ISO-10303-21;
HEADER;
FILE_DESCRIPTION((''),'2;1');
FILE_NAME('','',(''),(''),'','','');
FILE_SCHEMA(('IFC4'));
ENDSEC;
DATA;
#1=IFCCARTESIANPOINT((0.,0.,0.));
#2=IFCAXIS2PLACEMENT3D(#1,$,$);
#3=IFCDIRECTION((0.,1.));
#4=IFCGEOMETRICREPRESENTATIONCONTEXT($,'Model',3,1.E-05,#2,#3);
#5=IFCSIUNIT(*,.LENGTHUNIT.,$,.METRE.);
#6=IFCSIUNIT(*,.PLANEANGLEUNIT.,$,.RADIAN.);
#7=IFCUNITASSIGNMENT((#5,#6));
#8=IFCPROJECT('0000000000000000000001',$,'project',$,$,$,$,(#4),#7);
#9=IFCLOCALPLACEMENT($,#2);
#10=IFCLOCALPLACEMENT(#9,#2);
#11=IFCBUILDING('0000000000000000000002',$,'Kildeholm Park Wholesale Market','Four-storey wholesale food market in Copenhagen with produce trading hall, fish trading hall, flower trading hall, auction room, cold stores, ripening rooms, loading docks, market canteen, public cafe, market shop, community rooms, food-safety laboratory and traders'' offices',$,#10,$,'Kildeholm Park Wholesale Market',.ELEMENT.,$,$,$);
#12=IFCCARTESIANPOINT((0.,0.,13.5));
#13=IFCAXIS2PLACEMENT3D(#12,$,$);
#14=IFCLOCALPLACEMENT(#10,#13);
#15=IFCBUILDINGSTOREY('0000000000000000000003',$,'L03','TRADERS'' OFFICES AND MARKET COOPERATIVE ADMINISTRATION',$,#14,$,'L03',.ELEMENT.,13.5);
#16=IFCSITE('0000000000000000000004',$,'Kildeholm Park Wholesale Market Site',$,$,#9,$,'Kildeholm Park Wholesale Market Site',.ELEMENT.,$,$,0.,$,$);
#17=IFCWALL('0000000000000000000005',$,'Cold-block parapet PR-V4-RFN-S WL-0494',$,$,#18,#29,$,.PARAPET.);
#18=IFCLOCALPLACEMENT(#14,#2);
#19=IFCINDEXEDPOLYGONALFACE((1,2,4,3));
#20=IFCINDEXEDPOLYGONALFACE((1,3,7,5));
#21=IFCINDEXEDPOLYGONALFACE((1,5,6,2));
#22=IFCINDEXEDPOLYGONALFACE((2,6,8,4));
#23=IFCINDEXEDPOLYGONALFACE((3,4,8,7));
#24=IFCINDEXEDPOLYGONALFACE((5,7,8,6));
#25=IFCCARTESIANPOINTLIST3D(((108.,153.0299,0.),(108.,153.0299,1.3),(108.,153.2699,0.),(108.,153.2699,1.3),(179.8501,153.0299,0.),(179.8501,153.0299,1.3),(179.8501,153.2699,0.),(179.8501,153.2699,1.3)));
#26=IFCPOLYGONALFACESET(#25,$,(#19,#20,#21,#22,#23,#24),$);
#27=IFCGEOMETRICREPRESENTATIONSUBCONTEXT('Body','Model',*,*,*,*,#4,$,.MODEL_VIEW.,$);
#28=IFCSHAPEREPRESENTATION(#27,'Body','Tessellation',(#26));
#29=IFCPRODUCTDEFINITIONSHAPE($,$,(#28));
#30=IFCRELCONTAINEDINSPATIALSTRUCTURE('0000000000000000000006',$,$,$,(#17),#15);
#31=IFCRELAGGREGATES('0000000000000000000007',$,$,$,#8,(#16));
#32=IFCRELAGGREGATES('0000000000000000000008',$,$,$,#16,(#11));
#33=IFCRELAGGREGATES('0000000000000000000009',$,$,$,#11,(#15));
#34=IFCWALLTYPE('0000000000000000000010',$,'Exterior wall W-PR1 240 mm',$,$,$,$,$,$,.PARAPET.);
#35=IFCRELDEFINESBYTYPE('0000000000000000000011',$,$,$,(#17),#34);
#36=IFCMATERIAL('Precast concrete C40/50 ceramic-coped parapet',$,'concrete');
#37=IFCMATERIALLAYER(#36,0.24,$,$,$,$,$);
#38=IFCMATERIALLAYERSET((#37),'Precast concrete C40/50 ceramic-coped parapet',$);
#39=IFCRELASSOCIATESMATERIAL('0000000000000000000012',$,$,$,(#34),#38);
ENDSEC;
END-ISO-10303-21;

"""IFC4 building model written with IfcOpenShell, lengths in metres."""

from ifc_helpers import new_model, si_unit, direction, frame, frame_2d, origin, place, context, subcontext, project, spatial, rectangle, extrude, material, layer, layer_set, type_object, element, save


model = new_model("IFC4")

# Units and contexts
model_context = context("Model", 3, precision=1e-05, world=origin(), true_north=direction((0.0, 1.0)))
body_context = subcontext(model_context, "Body", "Model", "MODEL_VIEW")
ifc_project = project(units=[si_unit("LENGTHUNIT", "METRE"), si_unit("PLANEANGLEUNIT", "RADIAN")], contexts=[model_context])

# Site, building, storey
site_placement = place(None, origin())
site = spatial("IfcSite", under=ifc_project, at=site_placement, Name="Kildeholm Park Wholesale Market Site", LongName="Kildeholm Park Wholesale Market Site", CompositionType="ELEMENT", RefElevation=0.0)
building_placement = place(site_placement, origin())
building = spatial("IfcBuilding", under=site, at=building_placement, Name="Kildeholm Park Wholesale Market", Description="Four-storey wholesale food market in Copenhagen with produce trading hall, fish trading hall, flower trading hall, auction room, cold stores, ripening rooms, loading docks, market canteen, public cafe, market shop, community rooms, food-safety laboratory and traders' offices", LongName="Kildeholm Park Wholesale Market", CompositionType="ELEMENT")
storey_placement = place(building_placement, frame((0.0, 0.0, 13.5)))
storey = spatial("IfcBuildingStorey", under=building, at=storey_placement, Name="L03", Description="TRADERS' OFFICES AND MARKET COOPERATIVE ADMINISTRATION", LongName="L03", CompositionType="ELEMENT", Elevation=13.5)

# Wall
ifc_material_1 = material(Name="Precast concrete C40/50 ceramic-coped parapet", Category="concrete")
ifc_layer_1 = layer(ifc_material_1, 0.24)
ifc_layer_set_1 = layer_set([ifc_layer_1], Name="Precast concrete C40/50 ceramic-coped parapet")
wall_type_1 = type_object("IfcWallType", Name="Exterior wall W-PR1 240 mm", PredefinedType="PARAPET", material=ifc_layer_set_1)
for number, where, z_axis, x_axis, name in (
    (1, (108.0, 153.1499, 0.0), (0.0, 0.0, 1.0), (1.0, 0.0, 0.0), "Cold-block parapet PR-V4-RFN-S WL-0494"),
):
    element("IfcWall", number, at=place(storey_placement, frame(where, z_axis=z_axis, x_axis=x_axis)), inside=storey, type_object=wall_type_1, Name=name, PredefinedType="PARAPET", context=body_context, shape_type="SweptSolid", body=[
        extrude(rectangle(XDim=71.8501, YDim=0.24, at=frame_2d((35.925, 0.0))), origin(), (0.0, 0.0, 1.0), 1.3),
    ])

save(model, "model.ifc")
